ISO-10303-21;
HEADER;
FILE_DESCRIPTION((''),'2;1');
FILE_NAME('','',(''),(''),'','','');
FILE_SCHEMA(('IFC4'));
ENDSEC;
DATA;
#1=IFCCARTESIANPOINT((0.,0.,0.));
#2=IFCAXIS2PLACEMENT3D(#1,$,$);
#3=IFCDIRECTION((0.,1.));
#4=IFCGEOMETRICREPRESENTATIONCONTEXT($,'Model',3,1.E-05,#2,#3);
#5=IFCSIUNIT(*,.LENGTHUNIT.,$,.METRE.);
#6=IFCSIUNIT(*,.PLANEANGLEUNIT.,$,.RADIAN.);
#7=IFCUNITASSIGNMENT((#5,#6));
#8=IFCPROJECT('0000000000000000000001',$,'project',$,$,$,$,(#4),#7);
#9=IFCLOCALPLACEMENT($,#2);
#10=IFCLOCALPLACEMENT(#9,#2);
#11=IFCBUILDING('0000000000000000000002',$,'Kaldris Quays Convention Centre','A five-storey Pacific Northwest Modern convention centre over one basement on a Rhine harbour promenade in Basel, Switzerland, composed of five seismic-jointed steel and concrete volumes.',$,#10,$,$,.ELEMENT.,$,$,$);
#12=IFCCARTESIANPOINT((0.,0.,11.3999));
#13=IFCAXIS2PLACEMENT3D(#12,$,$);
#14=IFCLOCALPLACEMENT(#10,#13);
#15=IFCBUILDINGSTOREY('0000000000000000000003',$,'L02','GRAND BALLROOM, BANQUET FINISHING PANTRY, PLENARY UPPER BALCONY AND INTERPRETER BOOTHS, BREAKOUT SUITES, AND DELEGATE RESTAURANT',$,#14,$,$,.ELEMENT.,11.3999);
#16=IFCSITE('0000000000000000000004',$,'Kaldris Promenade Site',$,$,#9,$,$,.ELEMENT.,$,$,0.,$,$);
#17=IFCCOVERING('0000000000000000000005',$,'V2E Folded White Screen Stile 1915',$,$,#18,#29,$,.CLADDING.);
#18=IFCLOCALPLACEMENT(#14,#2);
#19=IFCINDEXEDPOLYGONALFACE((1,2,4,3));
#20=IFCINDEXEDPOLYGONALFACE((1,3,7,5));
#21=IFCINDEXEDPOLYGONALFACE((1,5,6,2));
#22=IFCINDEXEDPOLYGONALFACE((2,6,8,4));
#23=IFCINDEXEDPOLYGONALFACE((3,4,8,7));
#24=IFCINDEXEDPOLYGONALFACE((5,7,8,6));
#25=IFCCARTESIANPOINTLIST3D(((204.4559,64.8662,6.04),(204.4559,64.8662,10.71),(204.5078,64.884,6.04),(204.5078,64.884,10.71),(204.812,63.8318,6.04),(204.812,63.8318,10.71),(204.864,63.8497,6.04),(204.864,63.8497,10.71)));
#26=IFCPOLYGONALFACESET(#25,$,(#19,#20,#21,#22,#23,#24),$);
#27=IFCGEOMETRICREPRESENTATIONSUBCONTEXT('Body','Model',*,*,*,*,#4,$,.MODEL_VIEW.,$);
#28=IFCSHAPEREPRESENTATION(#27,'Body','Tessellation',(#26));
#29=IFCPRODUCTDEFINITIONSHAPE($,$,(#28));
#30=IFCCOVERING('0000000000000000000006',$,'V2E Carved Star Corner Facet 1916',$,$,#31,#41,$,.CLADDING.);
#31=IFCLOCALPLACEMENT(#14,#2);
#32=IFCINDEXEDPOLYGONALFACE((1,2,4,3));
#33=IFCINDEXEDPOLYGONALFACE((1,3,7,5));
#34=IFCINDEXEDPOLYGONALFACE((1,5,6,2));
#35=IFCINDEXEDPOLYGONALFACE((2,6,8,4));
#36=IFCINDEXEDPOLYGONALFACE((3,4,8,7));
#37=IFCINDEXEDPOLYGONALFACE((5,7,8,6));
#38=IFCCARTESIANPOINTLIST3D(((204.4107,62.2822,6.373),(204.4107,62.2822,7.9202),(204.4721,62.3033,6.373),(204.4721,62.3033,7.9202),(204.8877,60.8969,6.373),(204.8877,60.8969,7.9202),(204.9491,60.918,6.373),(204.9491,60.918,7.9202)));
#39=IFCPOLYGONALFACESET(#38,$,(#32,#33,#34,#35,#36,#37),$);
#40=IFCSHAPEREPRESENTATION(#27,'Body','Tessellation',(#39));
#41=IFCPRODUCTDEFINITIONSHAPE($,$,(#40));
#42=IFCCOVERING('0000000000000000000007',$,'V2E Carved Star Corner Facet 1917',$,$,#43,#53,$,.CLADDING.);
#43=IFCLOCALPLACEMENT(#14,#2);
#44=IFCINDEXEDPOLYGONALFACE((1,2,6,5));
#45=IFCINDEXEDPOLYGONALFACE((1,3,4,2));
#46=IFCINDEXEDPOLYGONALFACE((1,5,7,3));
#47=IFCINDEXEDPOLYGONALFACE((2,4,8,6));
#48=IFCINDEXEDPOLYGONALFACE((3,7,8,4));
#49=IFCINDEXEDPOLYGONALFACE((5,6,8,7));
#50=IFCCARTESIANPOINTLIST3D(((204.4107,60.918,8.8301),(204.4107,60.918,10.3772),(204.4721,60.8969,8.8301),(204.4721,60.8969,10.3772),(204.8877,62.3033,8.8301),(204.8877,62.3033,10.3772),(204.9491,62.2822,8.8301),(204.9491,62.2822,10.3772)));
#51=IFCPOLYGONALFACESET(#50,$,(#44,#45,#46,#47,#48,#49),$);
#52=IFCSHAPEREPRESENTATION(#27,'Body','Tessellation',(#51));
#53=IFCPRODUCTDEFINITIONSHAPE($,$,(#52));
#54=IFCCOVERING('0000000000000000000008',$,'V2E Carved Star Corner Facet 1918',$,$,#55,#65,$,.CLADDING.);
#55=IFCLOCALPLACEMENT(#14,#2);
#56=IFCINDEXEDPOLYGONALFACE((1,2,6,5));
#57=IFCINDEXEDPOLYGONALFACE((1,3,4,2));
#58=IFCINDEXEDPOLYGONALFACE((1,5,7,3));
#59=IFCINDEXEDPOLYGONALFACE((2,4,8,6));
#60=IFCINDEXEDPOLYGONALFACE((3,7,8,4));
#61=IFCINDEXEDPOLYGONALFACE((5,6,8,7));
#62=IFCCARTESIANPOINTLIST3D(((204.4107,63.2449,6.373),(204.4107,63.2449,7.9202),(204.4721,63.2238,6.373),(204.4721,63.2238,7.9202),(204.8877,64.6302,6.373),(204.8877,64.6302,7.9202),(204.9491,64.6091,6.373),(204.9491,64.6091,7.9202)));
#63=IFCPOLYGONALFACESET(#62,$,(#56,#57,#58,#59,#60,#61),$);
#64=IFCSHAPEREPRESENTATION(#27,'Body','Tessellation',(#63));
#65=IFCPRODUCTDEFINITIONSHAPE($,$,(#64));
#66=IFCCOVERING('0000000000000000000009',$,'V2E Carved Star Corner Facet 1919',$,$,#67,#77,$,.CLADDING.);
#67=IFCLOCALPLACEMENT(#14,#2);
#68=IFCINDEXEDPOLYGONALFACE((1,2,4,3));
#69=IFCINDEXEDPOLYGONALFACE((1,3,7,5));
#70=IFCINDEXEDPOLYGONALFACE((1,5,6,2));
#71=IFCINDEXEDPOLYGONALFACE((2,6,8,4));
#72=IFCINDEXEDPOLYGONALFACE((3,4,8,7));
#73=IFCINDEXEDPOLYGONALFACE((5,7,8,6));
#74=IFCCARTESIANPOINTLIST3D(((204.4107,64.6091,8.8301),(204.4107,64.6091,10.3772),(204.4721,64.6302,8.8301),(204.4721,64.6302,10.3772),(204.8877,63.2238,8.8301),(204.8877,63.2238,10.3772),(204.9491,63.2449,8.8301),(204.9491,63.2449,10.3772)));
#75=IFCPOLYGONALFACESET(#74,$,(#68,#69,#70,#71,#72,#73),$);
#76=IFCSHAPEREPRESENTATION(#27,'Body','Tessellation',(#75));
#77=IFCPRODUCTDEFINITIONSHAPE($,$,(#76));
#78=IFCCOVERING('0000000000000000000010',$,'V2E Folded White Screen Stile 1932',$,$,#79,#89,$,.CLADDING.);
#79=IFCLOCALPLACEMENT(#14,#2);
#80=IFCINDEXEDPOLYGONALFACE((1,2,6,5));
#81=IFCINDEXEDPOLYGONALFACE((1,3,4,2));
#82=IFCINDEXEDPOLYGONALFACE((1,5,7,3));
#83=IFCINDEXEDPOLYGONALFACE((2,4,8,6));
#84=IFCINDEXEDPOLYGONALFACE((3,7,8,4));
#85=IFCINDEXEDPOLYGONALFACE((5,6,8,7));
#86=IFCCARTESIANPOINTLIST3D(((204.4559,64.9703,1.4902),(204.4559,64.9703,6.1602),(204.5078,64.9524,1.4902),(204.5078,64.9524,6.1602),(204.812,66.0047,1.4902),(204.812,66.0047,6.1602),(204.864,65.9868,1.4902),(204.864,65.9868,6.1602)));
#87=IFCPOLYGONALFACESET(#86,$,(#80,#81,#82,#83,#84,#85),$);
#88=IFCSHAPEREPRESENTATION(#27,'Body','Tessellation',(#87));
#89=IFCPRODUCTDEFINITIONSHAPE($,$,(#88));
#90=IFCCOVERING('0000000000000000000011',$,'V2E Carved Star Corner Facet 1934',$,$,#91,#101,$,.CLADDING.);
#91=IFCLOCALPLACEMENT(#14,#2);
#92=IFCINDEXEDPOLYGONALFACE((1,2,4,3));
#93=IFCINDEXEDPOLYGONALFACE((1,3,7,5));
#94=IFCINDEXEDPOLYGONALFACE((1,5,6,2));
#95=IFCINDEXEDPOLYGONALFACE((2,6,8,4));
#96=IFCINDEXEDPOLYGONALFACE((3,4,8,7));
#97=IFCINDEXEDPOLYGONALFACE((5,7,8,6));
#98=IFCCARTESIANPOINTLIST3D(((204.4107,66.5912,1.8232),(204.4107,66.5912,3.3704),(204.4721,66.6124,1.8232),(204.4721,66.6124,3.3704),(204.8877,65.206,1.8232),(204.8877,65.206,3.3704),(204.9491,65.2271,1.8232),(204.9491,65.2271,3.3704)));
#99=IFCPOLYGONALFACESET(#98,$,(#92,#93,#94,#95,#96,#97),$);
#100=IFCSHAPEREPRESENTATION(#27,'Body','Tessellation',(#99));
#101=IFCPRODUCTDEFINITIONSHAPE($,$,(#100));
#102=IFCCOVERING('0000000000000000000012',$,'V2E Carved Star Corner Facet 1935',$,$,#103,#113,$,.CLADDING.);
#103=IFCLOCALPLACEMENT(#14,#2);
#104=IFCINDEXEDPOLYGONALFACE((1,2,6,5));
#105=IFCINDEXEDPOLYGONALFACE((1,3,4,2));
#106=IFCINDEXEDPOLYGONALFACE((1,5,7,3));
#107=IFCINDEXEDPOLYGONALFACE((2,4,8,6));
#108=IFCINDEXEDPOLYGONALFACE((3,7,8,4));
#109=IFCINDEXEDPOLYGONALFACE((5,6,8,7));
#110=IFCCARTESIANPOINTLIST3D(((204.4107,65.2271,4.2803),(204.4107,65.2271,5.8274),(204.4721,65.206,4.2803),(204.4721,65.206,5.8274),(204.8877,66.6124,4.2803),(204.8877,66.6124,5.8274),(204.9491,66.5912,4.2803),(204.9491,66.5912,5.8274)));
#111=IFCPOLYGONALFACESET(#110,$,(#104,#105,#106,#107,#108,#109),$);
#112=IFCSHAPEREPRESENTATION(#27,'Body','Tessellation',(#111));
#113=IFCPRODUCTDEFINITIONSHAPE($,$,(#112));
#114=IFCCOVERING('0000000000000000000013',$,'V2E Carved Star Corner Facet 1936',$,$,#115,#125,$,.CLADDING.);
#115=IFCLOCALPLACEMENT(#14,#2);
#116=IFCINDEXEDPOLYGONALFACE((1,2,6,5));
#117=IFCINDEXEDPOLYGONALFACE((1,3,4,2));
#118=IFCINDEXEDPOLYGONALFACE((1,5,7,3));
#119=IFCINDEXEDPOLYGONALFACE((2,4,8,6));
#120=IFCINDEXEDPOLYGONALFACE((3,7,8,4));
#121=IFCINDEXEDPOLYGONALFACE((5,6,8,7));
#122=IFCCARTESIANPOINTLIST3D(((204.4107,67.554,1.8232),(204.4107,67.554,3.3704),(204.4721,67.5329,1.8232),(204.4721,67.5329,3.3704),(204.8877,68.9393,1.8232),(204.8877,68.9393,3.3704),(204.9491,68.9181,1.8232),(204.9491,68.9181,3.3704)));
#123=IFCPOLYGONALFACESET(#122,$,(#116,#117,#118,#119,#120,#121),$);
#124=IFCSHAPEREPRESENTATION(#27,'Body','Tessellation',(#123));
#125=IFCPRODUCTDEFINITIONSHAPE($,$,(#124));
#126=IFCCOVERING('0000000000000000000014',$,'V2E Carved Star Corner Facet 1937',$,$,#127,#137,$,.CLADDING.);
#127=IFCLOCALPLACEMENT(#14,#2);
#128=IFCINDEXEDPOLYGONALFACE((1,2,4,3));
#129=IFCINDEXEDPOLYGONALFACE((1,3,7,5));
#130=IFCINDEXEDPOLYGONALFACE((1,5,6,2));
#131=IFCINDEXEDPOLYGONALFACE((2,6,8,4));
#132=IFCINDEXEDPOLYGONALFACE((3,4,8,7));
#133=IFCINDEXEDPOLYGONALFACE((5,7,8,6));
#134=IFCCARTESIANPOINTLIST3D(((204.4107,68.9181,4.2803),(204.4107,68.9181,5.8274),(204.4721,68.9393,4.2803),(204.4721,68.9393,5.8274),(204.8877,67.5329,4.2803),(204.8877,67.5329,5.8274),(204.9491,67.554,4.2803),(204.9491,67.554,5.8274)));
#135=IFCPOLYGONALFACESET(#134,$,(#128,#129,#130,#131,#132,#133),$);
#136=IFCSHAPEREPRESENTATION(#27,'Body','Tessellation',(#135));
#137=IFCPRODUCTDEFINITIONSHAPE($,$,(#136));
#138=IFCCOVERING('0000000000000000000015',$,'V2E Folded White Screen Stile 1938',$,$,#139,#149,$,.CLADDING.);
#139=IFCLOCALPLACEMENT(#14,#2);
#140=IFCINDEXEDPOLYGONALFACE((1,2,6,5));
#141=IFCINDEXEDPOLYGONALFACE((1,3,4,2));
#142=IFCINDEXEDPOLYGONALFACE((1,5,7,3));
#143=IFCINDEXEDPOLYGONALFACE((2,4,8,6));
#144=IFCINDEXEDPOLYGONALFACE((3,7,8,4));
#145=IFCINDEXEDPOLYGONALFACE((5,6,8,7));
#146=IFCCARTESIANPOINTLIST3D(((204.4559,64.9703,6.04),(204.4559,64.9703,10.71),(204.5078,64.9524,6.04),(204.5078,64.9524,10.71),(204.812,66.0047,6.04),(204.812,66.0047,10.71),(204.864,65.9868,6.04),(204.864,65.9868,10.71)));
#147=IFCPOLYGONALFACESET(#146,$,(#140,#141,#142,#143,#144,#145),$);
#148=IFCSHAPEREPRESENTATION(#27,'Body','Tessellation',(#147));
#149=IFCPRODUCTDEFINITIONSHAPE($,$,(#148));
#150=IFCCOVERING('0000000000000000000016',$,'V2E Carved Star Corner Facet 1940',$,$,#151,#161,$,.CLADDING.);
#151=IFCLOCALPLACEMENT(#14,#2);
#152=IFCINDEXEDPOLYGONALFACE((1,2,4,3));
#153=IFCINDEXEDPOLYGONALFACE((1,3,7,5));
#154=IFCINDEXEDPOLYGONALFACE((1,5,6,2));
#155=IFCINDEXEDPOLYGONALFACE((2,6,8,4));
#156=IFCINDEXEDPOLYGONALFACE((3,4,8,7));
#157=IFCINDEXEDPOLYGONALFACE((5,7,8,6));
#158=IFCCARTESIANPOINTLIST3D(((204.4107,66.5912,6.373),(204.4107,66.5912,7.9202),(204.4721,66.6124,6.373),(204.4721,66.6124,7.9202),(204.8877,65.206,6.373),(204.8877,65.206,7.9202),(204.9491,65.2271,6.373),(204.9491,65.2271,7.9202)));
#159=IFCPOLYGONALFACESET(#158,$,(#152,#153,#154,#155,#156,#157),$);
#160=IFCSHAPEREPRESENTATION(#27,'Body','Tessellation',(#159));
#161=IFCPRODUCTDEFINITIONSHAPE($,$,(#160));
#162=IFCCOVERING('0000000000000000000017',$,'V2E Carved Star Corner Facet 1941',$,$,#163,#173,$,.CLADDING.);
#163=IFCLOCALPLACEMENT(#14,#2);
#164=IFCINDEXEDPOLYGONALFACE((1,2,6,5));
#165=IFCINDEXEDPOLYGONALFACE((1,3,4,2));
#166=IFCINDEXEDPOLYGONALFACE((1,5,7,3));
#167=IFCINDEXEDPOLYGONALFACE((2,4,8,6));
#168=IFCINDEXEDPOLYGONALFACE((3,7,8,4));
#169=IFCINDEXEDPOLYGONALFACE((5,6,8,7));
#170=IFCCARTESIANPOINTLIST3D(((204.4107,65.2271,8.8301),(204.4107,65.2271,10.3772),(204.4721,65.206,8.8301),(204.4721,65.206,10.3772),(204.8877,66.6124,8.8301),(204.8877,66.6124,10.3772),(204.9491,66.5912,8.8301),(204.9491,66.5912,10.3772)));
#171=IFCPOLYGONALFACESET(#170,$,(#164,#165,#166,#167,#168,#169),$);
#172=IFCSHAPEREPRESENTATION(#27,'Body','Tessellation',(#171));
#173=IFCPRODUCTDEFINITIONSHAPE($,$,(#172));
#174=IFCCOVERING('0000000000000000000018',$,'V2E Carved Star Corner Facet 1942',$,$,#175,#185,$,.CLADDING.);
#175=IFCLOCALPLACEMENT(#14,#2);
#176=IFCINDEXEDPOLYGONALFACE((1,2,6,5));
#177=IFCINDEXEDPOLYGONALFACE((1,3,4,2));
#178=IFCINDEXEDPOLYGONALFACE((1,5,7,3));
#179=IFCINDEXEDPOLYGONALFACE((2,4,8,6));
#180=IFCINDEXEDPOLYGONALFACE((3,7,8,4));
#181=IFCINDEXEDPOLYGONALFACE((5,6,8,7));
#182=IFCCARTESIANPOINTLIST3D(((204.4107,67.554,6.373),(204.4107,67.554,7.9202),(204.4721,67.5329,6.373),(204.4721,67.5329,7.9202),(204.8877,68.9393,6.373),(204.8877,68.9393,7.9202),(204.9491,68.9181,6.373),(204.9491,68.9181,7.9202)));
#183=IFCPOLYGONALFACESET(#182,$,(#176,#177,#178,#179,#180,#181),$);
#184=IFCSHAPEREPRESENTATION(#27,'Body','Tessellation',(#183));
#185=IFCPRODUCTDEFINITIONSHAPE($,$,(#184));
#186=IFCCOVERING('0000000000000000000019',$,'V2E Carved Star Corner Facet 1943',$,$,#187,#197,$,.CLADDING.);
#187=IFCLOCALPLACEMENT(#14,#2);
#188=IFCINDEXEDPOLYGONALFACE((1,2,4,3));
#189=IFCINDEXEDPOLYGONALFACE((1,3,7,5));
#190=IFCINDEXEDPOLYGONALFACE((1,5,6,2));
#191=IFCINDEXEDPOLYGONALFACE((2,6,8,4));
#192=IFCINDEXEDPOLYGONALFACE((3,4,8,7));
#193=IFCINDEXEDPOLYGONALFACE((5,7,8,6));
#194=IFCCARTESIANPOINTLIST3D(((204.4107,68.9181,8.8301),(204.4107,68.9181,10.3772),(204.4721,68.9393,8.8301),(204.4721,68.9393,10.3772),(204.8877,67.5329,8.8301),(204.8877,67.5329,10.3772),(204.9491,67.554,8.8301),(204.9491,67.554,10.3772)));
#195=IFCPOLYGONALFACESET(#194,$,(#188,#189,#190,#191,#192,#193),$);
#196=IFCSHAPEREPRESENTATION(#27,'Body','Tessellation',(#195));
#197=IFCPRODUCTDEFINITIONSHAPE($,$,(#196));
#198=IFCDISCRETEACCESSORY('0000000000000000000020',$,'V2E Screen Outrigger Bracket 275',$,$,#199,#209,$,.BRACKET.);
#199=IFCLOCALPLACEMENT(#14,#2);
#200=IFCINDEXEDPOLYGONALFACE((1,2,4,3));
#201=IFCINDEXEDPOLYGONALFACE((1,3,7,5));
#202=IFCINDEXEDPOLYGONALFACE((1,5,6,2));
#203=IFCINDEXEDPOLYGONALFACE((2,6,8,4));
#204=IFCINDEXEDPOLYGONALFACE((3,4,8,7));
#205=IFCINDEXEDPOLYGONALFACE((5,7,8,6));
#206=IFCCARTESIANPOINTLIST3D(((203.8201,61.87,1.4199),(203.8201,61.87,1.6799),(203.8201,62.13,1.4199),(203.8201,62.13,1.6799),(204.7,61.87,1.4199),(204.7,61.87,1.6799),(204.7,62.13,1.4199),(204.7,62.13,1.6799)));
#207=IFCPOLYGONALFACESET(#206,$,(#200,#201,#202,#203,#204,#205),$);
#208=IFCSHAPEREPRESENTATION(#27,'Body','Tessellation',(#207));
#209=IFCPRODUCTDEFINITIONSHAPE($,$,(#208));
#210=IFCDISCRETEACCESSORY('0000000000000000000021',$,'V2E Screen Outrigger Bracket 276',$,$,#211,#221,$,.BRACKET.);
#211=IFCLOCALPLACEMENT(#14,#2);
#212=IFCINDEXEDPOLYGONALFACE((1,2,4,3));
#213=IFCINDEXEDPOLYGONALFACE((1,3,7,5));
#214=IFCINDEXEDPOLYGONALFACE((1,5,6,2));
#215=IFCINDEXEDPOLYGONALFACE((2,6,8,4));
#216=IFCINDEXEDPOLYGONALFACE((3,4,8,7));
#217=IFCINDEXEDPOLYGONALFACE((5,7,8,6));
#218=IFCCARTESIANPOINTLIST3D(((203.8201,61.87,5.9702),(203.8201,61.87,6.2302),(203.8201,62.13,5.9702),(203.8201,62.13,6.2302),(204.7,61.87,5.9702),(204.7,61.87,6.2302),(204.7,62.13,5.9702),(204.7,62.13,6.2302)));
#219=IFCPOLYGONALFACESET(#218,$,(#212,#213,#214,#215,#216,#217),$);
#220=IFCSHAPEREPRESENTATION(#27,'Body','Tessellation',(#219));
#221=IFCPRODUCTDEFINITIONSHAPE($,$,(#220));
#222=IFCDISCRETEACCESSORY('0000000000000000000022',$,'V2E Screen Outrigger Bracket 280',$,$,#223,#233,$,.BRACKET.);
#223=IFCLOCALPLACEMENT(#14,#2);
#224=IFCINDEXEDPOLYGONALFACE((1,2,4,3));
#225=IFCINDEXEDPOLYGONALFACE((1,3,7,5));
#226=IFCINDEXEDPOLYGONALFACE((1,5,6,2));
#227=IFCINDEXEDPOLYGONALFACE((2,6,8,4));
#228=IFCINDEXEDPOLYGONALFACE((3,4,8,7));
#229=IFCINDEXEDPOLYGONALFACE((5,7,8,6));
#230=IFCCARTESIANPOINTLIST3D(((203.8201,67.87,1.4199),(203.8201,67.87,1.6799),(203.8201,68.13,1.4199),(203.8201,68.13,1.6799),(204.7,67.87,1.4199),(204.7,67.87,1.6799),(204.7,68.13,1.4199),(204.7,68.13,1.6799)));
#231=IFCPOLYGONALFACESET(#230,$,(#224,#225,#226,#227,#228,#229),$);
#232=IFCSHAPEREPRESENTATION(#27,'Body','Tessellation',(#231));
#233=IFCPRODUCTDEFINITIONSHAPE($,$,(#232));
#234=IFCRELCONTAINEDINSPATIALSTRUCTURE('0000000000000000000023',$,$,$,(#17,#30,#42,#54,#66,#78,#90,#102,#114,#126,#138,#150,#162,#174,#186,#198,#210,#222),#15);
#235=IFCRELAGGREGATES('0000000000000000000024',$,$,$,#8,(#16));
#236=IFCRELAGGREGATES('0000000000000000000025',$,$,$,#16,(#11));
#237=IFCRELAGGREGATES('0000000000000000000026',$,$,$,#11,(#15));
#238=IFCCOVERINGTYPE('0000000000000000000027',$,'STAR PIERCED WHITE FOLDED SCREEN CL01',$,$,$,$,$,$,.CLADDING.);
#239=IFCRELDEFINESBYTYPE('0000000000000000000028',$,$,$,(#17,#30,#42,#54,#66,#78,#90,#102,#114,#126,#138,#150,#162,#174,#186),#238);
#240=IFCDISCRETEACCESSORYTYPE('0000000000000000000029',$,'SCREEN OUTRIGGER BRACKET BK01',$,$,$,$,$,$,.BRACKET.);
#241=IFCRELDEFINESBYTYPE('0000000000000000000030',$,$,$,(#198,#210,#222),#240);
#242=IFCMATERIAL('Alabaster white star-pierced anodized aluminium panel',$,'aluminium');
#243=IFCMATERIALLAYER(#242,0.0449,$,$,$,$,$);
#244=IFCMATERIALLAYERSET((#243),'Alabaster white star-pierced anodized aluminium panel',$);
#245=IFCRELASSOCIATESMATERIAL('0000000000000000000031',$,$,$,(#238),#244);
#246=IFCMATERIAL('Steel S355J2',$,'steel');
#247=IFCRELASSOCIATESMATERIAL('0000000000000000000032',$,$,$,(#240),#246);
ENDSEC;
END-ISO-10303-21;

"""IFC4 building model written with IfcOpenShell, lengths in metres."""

from ifc_helpers import new_model, si_unit, direction, frame, origin, origin_2d, place, context, subcontext, project, spatial, rectangle, extrude, material, layer, layer_set, type_object, element, save


model = new_model("IFC4")

# Units and contexts
model_context = context("Model", 3, precision=1e-05, world=origin(), true_north=direction((0.0, 1.0)))
body_context = subcontext(model_context, "Body", "Model", "MODEL_VIEW")
ifc_project = project(units=[si_unit("LENGTHUNIT", "METRE"), si_unit("PLANEANGLEUNIT", "RADIAN")], contexts=[model_context])

# Site, building, storey
site_placement = place(None, origin())
site = spatial("IfcSite", under=ifc_project, at=site_placement, Name="Kaldris Promenade Site", CompositionType="ELEMENT", RefElevation=0.0)
building_placement = place(site_placement, origin())
building = spatial("IfcBuilding", under=site, at=building_placement, Name="Kaldris Quays Convention Centre", Description="A five-storey Pacific Northwest Modern convention centre over one basement on a Rhine harbour promenade in Basel, Switzerland, composed of five seismic-jointed steel and concrete volumes.", CompositionType="ELEMENT")
storey_placement = place(building_placement, frame((0.0, 0.0, 11.3999)))
storey = spatial("IfcBuildingStorey", under=building, at=storey_placement, Name="L02", Description="GRAND BALLROOM, BANQUET FINISHING PANTRY, PLENARY UPPER BALCONY AND INTERPRETER BOOTHS, BREAKOUT SUITES, AND DELEGATE RESTAURANT", CompositionType="ELEMENT", Elevation=11.3999)

# Coverings
ifc_material_1 = material(Name="Alabaster white star-pierced anodized aluminium panel", Category="aluminium")
ifc_layer = layer(ifc_material_1, 0.0449)
ifc_layer_set = layer_set([ifc_layer], Name="Alabaster white star-pierced anodized aluminium panel")
covering_type = type_object("IfcCoveringType", Name="STAR PIERCED WHITE FOLDED SCREEN CL01", PredefinedType="CLADDING", material=ifc_layer_set)
covering_1_placement = place(storey_placement, frame((204.6599, 64.3579, 6.04), z_axis=(0.0, 0.0, 1.0), x_axis=(-0.325568, 0.945519, 0.0)))
element("IfcCovering", 1, at=covering_1_placement, inside=storey, type_object=covering_type, Name="V2E Folded White Screen Stile 1915", PredefinedType="CLADDING", context=body_context, shape_type="SweptSolid", body=[
    extrude(rectangle(XDim=1.094, YDim=0.0549, at=origin_2d()), origin(), (0.0, 0.0, 1.0), 4.6699),
])
for number, where, z_axis, x_axis, name in (
    (2, (204.6799, 61.6001, 6.373), (0.0, 0.0, 1.0), (-0.325568, 0.945519, 0.0), "V2E Carved Star Corner Facet 1916"),
    (3, (204.6799, 61.6001, 8.8301), (0.0, 0.0, 1.0), (0.325568, 0.945519, 0.0), "V2E Carved Star Corner Facet 1917"),
    (4, (204.6799, 63.927, 6.373), (0.0, 0.0, 1.0), (0.325568, 0.945519, 0.0), "V2E Carved Star Corner Facet 1918"),
    (5, (204.6799, 63.927, 8.8301), (0.0, 0.0, 1.0), (-0.325568, 0.945519, 0.0), "V2E Carved Star Corner Facet 1919"),
):
    element("IfcCovering", number, at=place(storey_placement, frame(where, z_axis=z_axis, x_axis=x_axis)), inside=storey, type_object=covering_type, Name=name, PredefinedType="CLADDING", context=body_context, shape_type="SweptSolid", body=[
        extrude(rectangle(XDim=1.4651, YDim=0.0649, at=origin_2d()), origin(), (0.0, 0.0, 1.0), 1.5471),
    ])
covering_2_placement = place(storey_placement, frame((204.6599, 65.4785, 1.4902), z_axis=(0.0, 0.0, 1.0), x_axis=(0.325568, 0.945519, 0.0)))
element("IfcCovering", 6, at=covering_2_placement, inside=storey, type_object=covering_type, Name="V2E Folded White Screen Stile 1932", PredefinedType="CLADDING", context=body_context, shape_type="SweptSolid", body=[
    extrude(rectangle(XDim=1.094, YDim=0.0549, at=origin_2d()), origin(), (0.0, 0.0, 1.0), 4.6699),
])
for number, where, z_axis, x_axis, name in (
    (7, (204.6799, 65.9092, 1.8232), (0.0, 0.0, 1.0), (-0.325568, 0.945519, 0.0), "V2E Carved Star Corner Facet 1934"),
    (8, (204.6799, 65.9092, 4.2803), (0.0, 0.0, 1.0), (0.325568, 0.945519, 0.0), "V2E Carved Star Corner Facet 1935"),
    (9, (204.6799, 68.2361, 1.8232), (0.0, 0.0, 1.0), (0.325568, 0.945519, 0.0), "V2E Carved Star Corner Facet 1936"),
    (10, (204.6799, 68.2361, 4.2803), (0.0, 0.0, 1.0), (-0.325568, 0.945519, 0.0), "V2E Carved Star Corner Facet 1937"),
):
    element("IfcCovering", number, at=place(storey_placement, frame(where, z_axis=z_axis, x_axis=x_axis)), inside=storey, type_object=covering_type, Name=name, PredefinedType="CLADDING", context=body_context, shape_type="SweptSolid", body=[
        extrude(rectangle(XDim=1.4651, YDim=0.0649, at=origin_2d()), origin(), (0.0, 0.0, 1.0), 1.5471),
    ])
covering_3_placement = place(storey_placement, frame((204.6599, 65.4785, 6.04), z_axis=(0.0, 0.0, 1.0), x_axis=(0.325568, 0.945519, 0.0)))
element("IfcCovering", 11, at=covering_3_placement, inside=storey, type_object=covering_type, Name="V2E Folded White Screen Stile 1938", PredefinedType="CLADDING", context=body_context, shape_type="SweptSolid", body=[
    extrude(rectangle(XDim=1.094, YDim=0.0549, at=origin_2d()), origin(), (0.0, 0.0, 1.0), 4.6699),
])
for number, where, z_axis, x_axis, name in (
    (12, (204.6799, 65.9092, 6.373), (0.0, 0.0, 1.0), (-0.325568, 0.945519, 0.0), "V2E Carved Star Corner Facet 1940"),
    (13, (204.6799, 65.9092, 8.8301), (0.0, 0.0, 1.0), (0.325568, 0.945519, 0.0), "V2E Carved Star Corner Facet 1941"),
    (14, (204.6799, 68.2361, 6.373), (0.0, 0.0, 1.0), (0.325568, 0.945519, 0.0), "V2E Carved Star Corner Facet 1942"),
    (15, (204.6799, 68.2361, 8.8301), (0.0, 0.0, 1.0), (-0.325568, 0.945519, 0.0), "V2E Carved Star Corner Facet 1943"),
):
    element("IfcCovering", number, at=place(storey_placement, frame(where, z_axis=z_axis, x_axis=x_axis)), inside=storey, type_object=covering_type, Name=name, PredefinedType="CLADDING", context=body_context, shape_type="SweptSolid", body=[
        extrude(rectangle(XDim=1.4651, YDim=0.0649, at=origin_2d()), origin(), (0.0, 0.0, 1.0), 1.5471),
    ])

# Discrete accessories
ifc_material_2 = material(Name="Steel S355J2", Category="steel")
discrete_accessory_type = type_object("IfcDiscreteAccessoryType", Name="SCREEN OUTRIGGER BRACKET BK01", PredefinedType="BRACKET", material=ifc_material_2)
for number, where, z_axis, x_axis, name in (
    (16, (204.26, 62.0, 1.4199), (0.0, 0.0, 1.0), (0.0, 1.0, 0.0), "V2E Screen Outrigger Bracket 275"),
    (17, (204.26, 62.0, 5.9702), (0.0, 0.0, 1.0), (0.0, 1.0, 0.0), "V2E Screen Outrigger Bracket 276"),
    (18, (204.26, 68.0, 1.4199), (0.0, 0.0, 1.0), (0.0, 1.0, 0.0), "V2E Screen Outrigger Bracket 280"),
):
    element("IfcDiscreteAccessory", number, at=place(storey_placement, frame(where, z_axis=z_axis, x_axis=x_axis)), inside=storey, type_object=discrete_accessory_type, Name=name, PredefinedType="BRACKET", context=body_context, shape_type="SweptSolid", body=[
        extrude(rectangle(XDim=0.26, YDim=0.8799, at=origin_2d()), origin(), (0.0, 0.0, 1.0), 0.26),
    ])

save(model, "model.ifc")
